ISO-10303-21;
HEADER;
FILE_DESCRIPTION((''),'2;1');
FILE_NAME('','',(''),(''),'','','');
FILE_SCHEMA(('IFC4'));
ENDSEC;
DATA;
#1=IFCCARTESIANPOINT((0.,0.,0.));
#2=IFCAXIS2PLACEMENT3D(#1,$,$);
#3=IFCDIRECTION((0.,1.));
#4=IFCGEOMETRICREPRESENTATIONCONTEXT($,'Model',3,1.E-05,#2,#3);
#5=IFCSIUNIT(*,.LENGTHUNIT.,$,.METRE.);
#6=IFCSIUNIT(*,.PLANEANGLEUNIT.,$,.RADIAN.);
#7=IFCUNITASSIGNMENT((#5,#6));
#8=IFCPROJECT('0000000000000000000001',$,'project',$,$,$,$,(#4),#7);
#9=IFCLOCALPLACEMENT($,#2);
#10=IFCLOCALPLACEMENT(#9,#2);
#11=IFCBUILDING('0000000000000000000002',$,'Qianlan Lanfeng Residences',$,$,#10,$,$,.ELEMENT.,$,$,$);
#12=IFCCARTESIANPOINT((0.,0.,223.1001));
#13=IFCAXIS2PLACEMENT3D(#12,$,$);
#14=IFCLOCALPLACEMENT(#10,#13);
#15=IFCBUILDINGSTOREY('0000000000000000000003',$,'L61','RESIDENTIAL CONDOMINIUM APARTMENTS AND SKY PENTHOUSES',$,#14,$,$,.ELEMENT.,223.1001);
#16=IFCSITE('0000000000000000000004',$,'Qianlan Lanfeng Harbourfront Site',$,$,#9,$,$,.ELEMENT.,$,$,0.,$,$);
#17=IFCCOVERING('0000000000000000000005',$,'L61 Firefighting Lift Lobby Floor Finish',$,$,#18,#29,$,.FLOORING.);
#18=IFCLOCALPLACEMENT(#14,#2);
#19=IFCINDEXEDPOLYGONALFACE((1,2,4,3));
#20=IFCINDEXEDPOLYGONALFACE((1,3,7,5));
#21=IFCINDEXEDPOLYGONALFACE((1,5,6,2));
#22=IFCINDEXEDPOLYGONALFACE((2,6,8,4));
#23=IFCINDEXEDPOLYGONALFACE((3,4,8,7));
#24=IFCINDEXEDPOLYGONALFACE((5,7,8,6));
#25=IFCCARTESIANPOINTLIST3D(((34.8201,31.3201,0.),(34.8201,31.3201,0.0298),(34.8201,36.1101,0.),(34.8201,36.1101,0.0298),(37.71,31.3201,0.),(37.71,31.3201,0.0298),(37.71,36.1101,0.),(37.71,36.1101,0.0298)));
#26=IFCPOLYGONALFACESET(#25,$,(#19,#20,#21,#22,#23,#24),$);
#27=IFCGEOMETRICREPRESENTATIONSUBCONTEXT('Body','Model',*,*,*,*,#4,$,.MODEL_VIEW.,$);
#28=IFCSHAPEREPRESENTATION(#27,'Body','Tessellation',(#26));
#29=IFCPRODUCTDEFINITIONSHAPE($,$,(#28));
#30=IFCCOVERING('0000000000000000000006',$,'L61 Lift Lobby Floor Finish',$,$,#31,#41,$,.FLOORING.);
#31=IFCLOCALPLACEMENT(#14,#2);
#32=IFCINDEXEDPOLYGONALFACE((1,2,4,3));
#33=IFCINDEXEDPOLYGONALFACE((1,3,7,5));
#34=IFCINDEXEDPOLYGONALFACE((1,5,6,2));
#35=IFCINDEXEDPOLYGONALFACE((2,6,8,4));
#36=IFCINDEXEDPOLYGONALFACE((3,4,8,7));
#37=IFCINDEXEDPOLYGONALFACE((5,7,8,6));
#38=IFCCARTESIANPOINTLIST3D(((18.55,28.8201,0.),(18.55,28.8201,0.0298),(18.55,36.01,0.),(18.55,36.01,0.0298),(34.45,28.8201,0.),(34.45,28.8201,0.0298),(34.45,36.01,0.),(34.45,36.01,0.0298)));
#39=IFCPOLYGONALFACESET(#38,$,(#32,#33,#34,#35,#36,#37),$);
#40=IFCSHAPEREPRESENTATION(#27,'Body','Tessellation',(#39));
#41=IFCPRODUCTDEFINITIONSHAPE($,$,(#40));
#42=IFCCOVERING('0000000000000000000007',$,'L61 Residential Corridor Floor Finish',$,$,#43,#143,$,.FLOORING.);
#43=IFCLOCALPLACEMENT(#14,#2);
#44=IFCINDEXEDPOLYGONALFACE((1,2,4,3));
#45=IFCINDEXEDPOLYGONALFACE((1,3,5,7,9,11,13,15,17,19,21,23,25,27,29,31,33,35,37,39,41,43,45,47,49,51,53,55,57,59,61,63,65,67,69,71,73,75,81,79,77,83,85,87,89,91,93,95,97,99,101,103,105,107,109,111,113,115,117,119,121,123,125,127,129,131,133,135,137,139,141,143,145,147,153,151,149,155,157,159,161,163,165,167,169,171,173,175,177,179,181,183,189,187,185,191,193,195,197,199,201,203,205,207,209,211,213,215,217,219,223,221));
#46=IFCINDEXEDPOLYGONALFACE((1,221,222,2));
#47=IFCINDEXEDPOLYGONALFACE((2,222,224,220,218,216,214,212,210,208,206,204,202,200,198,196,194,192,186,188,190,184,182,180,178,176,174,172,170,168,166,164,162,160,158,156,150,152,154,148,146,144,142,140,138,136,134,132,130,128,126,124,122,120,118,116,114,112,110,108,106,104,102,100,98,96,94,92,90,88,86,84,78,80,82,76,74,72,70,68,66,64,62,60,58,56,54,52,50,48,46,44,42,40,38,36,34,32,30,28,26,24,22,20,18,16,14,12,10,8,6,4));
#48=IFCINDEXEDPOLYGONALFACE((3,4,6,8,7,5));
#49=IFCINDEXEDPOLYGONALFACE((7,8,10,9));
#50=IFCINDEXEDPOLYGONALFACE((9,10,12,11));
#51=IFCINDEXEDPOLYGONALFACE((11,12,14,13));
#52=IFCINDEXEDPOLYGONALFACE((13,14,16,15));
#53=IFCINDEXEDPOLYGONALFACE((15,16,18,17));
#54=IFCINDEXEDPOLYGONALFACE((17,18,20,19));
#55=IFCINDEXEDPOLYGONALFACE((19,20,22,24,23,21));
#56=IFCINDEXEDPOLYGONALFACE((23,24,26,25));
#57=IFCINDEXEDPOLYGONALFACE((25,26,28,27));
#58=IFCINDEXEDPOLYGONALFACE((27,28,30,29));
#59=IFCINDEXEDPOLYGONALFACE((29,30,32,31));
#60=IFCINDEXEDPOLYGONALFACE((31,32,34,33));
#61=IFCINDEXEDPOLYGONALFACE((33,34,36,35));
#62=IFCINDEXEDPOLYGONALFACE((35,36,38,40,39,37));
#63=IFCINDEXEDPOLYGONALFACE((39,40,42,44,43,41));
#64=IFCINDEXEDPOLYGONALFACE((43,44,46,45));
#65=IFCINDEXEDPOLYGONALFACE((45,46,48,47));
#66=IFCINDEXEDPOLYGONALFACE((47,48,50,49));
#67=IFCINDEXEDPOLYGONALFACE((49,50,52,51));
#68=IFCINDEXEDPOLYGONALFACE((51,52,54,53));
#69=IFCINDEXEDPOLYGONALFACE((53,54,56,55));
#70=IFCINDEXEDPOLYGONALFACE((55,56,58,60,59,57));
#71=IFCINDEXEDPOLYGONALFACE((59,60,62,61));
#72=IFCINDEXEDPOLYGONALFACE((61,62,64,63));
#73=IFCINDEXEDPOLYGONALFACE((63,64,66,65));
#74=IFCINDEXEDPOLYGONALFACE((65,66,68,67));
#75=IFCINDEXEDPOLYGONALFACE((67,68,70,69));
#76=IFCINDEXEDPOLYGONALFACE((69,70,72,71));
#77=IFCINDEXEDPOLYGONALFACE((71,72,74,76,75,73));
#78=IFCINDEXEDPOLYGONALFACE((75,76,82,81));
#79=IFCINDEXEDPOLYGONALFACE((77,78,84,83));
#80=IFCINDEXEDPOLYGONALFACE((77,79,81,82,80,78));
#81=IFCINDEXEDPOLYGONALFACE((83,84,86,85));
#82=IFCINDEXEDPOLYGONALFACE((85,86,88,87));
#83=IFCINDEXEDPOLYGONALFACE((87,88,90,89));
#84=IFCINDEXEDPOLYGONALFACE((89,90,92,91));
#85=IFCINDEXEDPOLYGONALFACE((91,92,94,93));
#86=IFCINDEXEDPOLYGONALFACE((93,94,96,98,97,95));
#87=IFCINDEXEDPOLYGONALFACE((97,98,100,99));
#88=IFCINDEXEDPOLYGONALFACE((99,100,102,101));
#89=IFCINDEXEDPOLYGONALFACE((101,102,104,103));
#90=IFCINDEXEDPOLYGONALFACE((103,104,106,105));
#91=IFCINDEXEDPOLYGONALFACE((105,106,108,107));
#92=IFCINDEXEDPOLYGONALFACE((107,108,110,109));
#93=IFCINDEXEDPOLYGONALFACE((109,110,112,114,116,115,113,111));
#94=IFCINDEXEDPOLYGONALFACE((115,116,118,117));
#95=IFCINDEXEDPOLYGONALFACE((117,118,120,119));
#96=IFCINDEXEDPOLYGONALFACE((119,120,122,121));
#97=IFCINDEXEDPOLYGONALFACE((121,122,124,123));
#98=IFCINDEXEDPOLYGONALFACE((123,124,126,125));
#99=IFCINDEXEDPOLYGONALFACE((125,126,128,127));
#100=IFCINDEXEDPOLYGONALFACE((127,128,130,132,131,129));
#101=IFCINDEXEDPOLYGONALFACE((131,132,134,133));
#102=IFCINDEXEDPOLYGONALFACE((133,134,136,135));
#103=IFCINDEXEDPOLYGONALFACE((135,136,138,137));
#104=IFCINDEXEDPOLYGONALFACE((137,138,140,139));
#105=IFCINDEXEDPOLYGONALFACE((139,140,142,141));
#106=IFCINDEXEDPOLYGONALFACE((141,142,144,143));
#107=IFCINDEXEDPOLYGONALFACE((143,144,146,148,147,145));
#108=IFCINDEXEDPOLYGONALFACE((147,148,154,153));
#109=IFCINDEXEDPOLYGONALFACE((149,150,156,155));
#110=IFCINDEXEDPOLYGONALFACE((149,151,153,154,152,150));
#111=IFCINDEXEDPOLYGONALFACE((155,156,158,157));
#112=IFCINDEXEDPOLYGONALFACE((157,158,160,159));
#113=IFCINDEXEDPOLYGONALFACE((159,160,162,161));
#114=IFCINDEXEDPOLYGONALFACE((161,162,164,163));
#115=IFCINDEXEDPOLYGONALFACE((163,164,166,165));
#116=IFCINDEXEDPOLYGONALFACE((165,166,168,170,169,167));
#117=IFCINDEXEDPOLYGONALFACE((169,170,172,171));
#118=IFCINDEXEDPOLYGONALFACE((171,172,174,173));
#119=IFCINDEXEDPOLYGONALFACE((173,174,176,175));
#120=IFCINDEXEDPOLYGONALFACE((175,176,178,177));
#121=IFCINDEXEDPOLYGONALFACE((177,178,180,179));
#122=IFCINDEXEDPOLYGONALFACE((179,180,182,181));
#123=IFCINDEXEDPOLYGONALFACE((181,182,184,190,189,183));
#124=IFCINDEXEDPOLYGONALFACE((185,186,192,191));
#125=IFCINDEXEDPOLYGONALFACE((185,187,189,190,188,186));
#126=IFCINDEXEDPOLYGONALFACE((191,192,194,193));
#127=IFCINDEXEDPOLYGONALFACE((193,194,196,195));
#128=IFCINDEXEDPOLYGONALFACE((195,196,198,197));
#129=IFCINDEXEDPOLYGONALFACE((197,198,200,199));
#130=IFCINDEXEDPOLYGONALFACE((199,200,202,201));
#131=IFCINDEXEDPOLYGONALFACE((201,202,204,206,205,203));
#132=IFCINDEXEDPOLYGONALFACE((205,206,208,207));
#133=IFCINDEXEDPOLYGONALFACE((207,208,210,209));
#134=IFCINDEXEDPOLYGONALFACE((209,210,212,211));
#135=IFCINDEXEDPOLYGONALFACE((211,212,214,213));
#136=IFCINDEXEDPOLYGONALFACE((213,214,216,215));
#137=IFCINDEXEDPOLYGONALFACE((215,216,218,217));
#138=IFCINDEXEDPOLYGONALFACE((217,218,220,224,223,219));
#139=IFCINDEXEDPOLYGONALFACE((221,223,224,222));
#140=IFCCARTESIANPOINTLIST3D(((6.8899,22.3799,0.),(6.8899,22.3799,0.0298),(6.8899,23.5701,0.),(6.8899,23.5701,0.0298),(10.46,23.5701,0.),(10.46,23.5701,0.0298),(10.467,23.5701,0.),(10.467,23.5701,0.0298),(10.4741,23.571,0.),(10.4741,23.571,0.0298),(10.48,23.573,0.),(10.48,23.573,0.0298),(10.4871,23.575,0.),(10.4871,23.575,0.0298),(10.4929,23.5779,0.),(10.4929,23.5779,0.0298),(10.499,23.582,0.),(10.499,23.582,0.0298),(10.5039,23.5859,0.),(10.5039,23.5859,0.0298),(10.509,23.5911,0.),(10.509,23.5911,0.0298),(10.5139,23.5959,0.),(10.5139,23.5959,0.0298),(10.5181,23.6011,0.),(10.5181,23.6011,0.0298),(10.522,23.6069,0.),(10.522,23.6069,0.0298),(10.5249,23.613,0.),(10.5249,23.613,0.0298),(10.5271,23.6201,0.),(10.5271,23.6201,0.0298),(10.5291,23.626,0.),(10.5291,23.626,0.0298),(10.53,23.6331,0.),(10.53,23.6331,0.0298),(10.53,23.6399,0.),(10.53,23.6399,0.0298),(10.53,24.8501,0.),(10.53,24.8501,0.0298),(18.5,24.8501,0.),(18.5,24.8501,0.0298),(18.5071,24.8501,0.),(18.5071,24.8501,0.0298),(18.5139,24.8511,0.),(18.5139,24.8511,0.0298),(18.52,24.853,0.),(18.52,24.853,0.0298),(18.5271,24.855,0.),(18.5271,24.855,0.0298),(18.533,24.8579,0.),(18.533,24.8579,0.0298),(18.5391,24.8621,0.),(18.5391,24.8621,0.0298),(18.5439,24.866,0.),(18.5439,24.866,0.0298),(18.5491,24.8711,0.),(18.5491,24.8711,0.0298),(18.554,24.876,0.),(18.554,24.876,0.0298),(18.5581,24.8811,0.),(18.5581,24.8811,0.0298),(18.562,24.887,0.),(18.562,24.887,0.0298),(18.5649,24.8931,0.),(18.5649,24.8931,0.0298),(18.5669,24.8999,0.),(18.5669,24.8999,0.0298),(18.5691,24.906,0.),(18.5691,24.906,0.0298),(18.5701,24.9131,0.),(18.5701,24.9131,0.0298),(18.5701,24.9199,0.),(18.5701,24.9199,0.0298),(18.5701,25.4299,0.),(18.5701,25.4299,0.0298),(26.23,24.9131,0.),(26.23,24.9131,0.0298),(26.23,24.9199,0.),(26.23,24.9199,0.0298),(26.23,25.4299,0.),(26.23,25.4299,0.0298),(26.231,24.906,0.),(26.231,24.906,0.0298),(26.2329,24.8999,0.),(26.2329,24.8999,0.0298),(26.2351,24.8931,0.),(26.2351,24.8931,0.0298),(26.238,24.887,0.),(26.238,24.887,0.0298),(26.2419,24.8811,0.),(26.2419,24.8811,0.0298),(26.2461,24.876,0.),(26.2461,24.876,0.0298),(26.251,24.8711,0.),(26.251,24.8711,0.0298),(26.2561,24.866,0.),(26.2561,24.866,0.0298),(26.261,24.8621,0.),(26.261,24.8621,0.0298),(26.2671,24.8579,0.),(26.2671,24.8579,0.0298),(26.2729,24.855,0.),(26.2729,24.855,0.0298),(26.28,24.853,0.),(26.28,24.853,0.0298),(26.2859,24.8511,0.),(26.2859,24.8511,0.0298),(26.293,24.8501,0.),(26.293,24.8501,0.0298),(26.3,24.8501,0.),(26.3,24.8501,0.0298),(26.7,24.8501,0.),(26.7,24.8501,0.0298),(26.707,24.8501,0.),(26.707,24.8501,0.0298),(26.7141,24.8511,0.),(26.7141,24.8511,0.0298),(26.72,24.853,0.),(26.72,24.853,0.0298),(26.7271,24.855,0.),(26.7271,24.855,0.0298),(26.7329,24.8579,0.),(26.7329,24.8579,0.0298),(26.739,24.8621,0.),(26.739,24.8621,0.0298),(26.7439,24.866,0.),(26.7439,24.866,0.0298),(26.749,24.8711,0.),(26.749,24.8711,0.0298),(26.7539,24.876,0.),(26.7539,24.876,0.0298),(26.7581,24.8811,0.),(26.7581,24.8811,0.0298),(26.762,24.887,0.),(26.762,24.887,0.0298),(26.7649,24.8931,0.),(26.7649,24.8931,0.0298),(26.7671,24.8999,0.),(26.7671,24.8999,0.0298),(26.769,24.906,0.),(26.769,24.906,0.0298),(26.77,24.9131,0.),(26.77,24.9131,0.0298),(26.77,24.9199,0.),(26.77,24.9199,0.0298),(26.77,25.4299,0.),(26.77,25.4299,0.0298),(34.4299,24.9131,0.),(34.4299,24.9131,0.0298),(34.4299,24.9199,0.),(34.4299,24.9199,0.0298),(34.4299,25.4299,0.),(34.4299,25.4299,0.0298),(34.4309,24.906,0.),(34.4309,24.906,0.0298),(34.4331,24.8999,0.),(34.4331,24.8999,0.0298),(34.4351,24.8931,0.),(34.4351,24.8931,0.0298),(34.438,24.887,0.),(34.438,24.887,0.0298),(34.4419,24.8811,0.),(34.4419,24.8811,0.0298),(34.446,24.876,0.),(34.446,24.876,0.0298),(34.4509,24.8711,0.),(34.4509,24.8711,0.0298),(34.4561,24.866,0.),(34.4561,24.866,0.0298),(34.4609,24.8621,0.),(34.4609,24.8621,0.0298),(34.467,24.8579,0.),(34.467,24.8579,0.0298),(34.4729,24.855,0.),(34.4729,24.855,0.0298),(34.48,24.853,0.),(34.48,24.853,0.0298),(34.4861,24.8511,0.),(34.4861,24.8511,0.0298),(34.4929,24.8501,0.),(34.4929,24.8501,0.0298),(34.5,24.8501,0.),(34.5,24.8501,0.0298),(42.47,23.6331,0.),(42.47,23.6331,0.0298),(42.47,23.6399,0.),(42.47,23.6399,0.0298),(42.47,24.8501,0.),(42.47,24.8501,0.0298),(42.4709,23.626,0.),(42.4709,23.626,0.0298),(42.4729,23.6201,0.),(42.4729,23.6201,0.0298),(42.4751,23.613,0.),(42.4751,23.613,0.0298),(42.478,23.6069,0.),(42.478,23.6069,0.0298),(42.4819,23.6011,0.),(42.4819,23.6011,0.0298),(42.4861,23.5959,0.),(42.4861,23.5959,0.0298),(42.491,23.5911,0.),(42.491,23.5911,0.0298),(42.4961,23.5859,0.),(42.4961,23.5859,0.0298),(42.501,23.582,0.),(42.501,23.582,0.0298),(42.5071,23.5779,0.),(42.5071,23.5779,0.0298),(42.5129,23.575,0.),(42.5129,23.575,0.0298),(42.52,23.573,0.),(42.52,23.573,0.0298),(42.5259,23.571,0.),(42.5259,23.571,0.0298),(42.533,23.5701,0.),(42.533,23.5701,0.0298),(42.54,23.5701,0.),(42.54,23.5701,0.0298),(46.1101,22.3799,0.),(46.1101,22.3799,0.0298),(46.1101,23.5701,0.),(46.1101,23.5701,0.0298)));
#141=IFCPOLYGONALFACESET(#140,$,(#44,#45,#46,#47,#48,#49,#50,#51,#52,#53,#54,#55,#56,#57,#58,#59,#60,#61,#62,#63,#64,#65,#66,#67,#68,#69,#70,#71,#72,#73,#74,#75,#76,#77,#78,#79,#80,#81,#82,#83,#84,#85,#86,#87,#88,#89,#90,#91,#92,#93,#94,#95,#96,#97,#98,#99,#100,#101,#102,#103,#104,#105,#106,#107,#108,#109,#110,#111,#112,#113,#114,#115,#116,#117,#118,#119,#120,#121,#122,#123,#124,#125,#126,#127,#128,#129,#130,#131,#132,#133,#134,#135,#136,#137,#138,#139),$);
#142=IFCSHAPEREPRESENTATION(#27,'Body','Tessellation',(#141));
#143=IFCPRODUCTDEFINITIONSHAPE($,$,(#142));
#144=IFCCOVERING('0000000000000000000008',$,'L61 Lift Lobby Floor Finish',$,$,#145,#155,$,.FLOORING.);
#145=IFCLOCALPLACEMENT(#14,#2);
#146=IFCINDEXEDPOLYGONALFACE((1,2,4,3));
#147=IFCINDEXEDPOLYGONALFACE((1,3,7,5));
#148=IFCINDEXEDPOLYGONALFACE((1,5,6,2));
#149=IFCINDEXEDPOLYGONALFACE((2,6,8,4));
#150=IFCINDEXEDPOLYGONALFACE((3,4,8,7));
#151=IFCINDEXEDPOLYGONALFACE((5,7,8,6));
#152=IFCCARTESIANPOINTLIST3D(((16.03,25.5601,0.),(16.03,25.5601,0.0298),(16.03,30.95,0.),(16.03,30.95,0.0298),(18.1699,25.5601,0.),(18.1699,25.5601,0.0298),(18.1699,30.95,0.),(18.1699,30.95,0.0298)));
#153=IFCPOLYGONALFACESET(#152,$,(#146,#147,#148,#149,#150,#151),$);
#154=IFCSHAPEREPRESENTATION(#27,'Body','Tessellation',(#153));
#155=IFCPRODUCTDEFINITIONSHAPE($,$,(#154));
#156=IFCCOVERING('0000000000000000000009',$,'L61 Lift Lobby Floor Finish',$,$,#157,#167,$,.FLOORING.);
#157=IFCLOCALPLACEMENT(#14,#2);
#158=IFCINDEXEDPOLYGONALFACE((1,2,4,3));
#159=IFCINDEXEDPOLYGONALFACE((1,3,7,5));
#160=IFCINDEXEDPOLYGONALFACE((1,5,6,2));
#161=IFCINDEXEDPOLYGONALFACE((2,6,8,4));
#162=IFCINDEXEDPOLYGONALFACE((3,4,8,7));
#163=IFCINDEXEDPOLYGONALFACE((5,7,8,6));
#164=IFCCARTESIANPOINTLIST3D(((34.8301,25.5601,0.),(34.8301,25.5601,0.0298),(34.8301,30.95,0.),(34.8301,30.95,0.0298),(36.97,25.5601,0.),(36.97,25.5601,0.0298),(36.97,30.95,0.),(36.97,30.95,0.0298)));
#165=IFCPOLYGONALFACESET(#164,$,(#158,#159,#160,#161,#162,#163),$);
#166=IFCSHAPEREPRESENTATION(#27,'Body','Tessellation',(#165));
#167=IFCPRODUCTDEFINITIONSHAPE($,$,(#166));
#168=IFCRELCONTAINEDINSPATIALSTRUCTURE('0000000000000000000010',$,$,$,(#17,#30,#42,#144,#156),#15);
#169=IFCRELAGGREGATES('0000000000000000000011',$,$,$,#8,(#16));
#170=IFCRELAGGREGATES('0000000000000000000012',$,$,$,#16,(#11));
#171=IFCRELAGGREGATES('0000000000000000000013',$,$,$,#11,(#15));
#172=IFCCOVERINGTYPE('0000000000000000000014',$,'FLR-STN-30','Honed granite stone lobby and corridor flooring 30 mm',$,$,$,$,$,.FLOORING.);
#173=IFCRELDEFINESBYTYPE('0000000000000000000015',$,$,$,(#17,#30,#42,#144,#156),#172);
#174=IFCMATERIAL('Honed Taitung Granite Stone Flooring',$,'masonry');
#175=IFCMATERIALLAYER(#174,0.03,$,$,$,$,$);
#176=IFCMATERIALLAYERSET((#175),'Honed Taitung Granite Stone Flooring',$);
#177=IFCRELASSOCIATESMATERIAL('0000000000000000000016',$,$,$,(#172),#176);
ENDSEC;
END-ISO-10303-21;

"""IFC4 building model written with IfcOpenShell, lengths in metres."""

from ifc_helpers import new_model, si_unit, direction, frame, origin, place, context, subcontext, project, spatial, polyline, outline, extrude, material, layer, layer_set, type_object, element, save


model = new_model("IFC4")

# Units and contexts
model_context = context("Model", 3, precision=1e-05, world=origin(), true_north=direction((0.0, 1.0)))
body_context = subcontext(model_context, "Body", "Model", "MODEL_VIEW")
ifc_project = project(units=[si_unit("LENGTHUNIT", "METRE"), si_unit("PLANEANGLEUNIT", "RADIAN")], contexts=[model_context])

# Site, building, storey
site_placement = place(None, origin())
site = spatial("IfcSite", under=ifc_project, at=site_placement, Name="Qianlan Lanfeng Harbourfront Site", CompositionType="ELEMENT", RefElevation=0.0)
building_placement = place(site_placement, origin())
building = spatial("IfcBuilding", under=site, at=building_placement, Name="Qianlan Lanfeng Residences", CompositionType="ELEMENT")
storey_placement = place(building_placement, frame((0.0, 0.0, 223.1001)))
storey = spatial("IfcBuildingStorey", under=building, at=storey_placement, Name="L61", Description="RESIDENTIAL CONDOMINIUM APARTMENTS AND SKY PENTHOUSES", CompositionType="ELEMENT", Elevation=223.1001)

# Coverings
ifc_material_1 = material(Name="Honed Taitung Granite Stone Flooring", Category="masonry")
ifc_layer_1 = layer(ifc_material_1, 0.03)
ifc_layer_set_1 = layer_set([ifc_layer_1], Name="Honed Taitung Granite Stone Flooring")
covering_type_1 = type_object("IfcCoveringType", Name="FLR-STN-30", Description="Honed granite stone lobby and corridor flooring 30 mm", PredefinedType="FLOORING", material=ifc_layer_set_1)
covering_1_placement = place(storey_placement, origin())
element("IfcCovering", 1, at=covering_1_placement, inside=storey, type_object=covering_type_1, Name="L61 Firefighting Lift Lobby Floor Finish", PredefinedType="FLOORING", context=body_context, shape_type="SweptSolid", body=[
    extrude(outline(polyline([(34.8201, 31.3201), (37.71, 31.3201), (37.71, 36.1101), (34.8201, 36.1101), (34.8201, 31.3201)])), origin(), (0.0, 0.0, 1.0), 0.0298),
])
covering_2_placement = place(storey_placement, origin())
element("IfcCovering", 2, at=covering_2_placement, inside=storey, type_object=covering_type_1, Name="L61 Lift Lobby Floor Finish", PredefinedType="FLOORING", context=body_context, shape_type="SweptSolid", body=[
    extrude(outline(polyline([(18.55, 28.8201), (34.45, 28.8201), (34.45, 36.01), (18.55, 36.01), (18.55, 28.8201)])), origin(), (0.0, 0.0, 1.0), 0.0298),
])
covering_3_placement = place(storey_placement, origin())
element("IfcCovering", 3, at=covering_3_placement, inside=storey, type_object=covering_type_1, Name="L61 Residential Corridor Floor Finish", PredefinedType="FLOORING", context=body_context, shape_type="SweptSolid", body=[
    extrude(outline(polyline([(6.8899, 22.3799), (46.1101, 22.3799), (46.1101, 23.5701), (42.54, 23.5701), (42.533, 23.5701), (42.5259, 23.571), (42.52, 23.573), (42.5129, 23.575), (42.5071, 23.5779), (42.501, 23.582), (42.4961, 23.5859), (42.491, 23.5911), (42.4861, 23.5959), (42.4819, 23.6011), (42.478, 23.6069), (42.4751, 23.613), (42.4729, 23.6201), (42.4709, 23.626), (42.47, 23.6331), (42.47, 23.6399), (42.47, 24.8501), (34.5, 24.8501), (34.4929, 24.8501), (34.4861, 24.8511), (34.48, 24.853), (34.4729, 24.855), (34.467, 24.8579), (34.4609, 24.8621), (34.4561, 24.866), (34.4509, 24.8711), (34.446, 24.876), (34.4419, 24.8811), (34.438, 24.887), (34.4351, 24.8931), (34.4331, 24.8999), (34.4309, 24.906), (34.4299, 24.9131), (34.4299, 24.9199), (34.4299, 25.4299), (26.77, 25.4299), (26.77, 24.9199), (26.77, 24.9131), (26.769, 24.906), (26.7671, 24.8999), (26.7649, 24.8931), (26.762, 24.887), (26.7581, 24.8811), (26.7539, 24.876), (26.749, 24.8711), (26.7439, 24.866), (26.739, 24.8621), (26.7329, 24.8579), (26.7271, 24.855), (26.72, 24.853), (26.7141, 24.8511), (26.707, 24.8501), (26.7, 24.8501), (26.3, 24.8501), (26.293, 24.8501), (26.2859, 24.8511), (26.28, 24.853), (26.2729, 24.855), (26.2671, 24.8579), (26.261, 24.8621), (26.2561, 24.866), (26.251, 24.8711), (26.2461, 24.876), (26.2419, 24.8811), (26.238, 24.887), (26.2351, 24.8931), (26.2329, 24.8999), (26.231, 24.906), (26.23, 24.9131), (26.23, 24.9199), (26.23, 25.4299), (18.5701, 25.4299), (18.5701, 24.9199), (18.5701, 24.9131), (18.5691, 24.906), (18.5669, 24.8999), (18.5649, 24.8931), (18.562, 24.887), (18.5581, 24.8811), (18.554, 24.876), (18.5491, 24.8711), (18.5439, 24.866), (18.5391, 24.8621), (18.533, 24.8579), (18.5271, 24.855), (18.52, 24.853), (18.5139, 24.8511), (18.5071, 24.8501), (18.5, 24.8501), (10.53, 24.8501), (10.53, 23.6399), (10.53, 23.6331), (10.5291, 23.626), (10.5271, 23.6201), (10.5249, 23.613), (10.522, 23.6069), (10.5181, 23.6011), (10.5139, 23.5959), (10.509, 23.5911), (10.5039, 23.5859), (10.499, 23.582), (10.4929, 23.5779), (10.4871, 23.575), (10.48, 23.573), (10.4741, 23.571), (10.467, 23.5701), (10.46, 23.5701), (6.8899, 23.5701), (6.8899, 22.3799)])), origin(), (0.0, 0.0, 1.0), 0.0298),
])
covering_4_placement = place(storey_placement, origin())
element("IfcCovering", 4, at=covering_4_placement, inside=storey, type_object=covering_type_1, Name="L61 Lift Lobby Floor Finish", PredefinedType="FLOORING", context=body_context, shape_type="SweptSolid", body=[
    extrude(outline(polyline([(16.03, 25.5601), (18.1699, 25.5601), (18.1699, 30.95), (16.03, 30.95), (16.03, 25.5601)])), origin(), (0.0, 0.0, 1.0), 0.0298),
])
covering_5_placement = place(storey_placement, origin())
element("IfcCovering", 5, at=covering_5_placement, inside=storey, type_object=covering_type_1, Name="L61 Lift Lobby Floor Finish", PredefinedType="FLOORING", context=body_context, shape_type="SweptSolid", body=[
    extrude(outline(polyline([(34.8301, 25.5601), (36.97, 25.5601), (36.97, 30.95), (34.8301, 30.95), (34.8301, 25.5601)])), origin(), (0.0, 0.0, 1.0), 0.0298),
])

save(model, "model.ifc")
